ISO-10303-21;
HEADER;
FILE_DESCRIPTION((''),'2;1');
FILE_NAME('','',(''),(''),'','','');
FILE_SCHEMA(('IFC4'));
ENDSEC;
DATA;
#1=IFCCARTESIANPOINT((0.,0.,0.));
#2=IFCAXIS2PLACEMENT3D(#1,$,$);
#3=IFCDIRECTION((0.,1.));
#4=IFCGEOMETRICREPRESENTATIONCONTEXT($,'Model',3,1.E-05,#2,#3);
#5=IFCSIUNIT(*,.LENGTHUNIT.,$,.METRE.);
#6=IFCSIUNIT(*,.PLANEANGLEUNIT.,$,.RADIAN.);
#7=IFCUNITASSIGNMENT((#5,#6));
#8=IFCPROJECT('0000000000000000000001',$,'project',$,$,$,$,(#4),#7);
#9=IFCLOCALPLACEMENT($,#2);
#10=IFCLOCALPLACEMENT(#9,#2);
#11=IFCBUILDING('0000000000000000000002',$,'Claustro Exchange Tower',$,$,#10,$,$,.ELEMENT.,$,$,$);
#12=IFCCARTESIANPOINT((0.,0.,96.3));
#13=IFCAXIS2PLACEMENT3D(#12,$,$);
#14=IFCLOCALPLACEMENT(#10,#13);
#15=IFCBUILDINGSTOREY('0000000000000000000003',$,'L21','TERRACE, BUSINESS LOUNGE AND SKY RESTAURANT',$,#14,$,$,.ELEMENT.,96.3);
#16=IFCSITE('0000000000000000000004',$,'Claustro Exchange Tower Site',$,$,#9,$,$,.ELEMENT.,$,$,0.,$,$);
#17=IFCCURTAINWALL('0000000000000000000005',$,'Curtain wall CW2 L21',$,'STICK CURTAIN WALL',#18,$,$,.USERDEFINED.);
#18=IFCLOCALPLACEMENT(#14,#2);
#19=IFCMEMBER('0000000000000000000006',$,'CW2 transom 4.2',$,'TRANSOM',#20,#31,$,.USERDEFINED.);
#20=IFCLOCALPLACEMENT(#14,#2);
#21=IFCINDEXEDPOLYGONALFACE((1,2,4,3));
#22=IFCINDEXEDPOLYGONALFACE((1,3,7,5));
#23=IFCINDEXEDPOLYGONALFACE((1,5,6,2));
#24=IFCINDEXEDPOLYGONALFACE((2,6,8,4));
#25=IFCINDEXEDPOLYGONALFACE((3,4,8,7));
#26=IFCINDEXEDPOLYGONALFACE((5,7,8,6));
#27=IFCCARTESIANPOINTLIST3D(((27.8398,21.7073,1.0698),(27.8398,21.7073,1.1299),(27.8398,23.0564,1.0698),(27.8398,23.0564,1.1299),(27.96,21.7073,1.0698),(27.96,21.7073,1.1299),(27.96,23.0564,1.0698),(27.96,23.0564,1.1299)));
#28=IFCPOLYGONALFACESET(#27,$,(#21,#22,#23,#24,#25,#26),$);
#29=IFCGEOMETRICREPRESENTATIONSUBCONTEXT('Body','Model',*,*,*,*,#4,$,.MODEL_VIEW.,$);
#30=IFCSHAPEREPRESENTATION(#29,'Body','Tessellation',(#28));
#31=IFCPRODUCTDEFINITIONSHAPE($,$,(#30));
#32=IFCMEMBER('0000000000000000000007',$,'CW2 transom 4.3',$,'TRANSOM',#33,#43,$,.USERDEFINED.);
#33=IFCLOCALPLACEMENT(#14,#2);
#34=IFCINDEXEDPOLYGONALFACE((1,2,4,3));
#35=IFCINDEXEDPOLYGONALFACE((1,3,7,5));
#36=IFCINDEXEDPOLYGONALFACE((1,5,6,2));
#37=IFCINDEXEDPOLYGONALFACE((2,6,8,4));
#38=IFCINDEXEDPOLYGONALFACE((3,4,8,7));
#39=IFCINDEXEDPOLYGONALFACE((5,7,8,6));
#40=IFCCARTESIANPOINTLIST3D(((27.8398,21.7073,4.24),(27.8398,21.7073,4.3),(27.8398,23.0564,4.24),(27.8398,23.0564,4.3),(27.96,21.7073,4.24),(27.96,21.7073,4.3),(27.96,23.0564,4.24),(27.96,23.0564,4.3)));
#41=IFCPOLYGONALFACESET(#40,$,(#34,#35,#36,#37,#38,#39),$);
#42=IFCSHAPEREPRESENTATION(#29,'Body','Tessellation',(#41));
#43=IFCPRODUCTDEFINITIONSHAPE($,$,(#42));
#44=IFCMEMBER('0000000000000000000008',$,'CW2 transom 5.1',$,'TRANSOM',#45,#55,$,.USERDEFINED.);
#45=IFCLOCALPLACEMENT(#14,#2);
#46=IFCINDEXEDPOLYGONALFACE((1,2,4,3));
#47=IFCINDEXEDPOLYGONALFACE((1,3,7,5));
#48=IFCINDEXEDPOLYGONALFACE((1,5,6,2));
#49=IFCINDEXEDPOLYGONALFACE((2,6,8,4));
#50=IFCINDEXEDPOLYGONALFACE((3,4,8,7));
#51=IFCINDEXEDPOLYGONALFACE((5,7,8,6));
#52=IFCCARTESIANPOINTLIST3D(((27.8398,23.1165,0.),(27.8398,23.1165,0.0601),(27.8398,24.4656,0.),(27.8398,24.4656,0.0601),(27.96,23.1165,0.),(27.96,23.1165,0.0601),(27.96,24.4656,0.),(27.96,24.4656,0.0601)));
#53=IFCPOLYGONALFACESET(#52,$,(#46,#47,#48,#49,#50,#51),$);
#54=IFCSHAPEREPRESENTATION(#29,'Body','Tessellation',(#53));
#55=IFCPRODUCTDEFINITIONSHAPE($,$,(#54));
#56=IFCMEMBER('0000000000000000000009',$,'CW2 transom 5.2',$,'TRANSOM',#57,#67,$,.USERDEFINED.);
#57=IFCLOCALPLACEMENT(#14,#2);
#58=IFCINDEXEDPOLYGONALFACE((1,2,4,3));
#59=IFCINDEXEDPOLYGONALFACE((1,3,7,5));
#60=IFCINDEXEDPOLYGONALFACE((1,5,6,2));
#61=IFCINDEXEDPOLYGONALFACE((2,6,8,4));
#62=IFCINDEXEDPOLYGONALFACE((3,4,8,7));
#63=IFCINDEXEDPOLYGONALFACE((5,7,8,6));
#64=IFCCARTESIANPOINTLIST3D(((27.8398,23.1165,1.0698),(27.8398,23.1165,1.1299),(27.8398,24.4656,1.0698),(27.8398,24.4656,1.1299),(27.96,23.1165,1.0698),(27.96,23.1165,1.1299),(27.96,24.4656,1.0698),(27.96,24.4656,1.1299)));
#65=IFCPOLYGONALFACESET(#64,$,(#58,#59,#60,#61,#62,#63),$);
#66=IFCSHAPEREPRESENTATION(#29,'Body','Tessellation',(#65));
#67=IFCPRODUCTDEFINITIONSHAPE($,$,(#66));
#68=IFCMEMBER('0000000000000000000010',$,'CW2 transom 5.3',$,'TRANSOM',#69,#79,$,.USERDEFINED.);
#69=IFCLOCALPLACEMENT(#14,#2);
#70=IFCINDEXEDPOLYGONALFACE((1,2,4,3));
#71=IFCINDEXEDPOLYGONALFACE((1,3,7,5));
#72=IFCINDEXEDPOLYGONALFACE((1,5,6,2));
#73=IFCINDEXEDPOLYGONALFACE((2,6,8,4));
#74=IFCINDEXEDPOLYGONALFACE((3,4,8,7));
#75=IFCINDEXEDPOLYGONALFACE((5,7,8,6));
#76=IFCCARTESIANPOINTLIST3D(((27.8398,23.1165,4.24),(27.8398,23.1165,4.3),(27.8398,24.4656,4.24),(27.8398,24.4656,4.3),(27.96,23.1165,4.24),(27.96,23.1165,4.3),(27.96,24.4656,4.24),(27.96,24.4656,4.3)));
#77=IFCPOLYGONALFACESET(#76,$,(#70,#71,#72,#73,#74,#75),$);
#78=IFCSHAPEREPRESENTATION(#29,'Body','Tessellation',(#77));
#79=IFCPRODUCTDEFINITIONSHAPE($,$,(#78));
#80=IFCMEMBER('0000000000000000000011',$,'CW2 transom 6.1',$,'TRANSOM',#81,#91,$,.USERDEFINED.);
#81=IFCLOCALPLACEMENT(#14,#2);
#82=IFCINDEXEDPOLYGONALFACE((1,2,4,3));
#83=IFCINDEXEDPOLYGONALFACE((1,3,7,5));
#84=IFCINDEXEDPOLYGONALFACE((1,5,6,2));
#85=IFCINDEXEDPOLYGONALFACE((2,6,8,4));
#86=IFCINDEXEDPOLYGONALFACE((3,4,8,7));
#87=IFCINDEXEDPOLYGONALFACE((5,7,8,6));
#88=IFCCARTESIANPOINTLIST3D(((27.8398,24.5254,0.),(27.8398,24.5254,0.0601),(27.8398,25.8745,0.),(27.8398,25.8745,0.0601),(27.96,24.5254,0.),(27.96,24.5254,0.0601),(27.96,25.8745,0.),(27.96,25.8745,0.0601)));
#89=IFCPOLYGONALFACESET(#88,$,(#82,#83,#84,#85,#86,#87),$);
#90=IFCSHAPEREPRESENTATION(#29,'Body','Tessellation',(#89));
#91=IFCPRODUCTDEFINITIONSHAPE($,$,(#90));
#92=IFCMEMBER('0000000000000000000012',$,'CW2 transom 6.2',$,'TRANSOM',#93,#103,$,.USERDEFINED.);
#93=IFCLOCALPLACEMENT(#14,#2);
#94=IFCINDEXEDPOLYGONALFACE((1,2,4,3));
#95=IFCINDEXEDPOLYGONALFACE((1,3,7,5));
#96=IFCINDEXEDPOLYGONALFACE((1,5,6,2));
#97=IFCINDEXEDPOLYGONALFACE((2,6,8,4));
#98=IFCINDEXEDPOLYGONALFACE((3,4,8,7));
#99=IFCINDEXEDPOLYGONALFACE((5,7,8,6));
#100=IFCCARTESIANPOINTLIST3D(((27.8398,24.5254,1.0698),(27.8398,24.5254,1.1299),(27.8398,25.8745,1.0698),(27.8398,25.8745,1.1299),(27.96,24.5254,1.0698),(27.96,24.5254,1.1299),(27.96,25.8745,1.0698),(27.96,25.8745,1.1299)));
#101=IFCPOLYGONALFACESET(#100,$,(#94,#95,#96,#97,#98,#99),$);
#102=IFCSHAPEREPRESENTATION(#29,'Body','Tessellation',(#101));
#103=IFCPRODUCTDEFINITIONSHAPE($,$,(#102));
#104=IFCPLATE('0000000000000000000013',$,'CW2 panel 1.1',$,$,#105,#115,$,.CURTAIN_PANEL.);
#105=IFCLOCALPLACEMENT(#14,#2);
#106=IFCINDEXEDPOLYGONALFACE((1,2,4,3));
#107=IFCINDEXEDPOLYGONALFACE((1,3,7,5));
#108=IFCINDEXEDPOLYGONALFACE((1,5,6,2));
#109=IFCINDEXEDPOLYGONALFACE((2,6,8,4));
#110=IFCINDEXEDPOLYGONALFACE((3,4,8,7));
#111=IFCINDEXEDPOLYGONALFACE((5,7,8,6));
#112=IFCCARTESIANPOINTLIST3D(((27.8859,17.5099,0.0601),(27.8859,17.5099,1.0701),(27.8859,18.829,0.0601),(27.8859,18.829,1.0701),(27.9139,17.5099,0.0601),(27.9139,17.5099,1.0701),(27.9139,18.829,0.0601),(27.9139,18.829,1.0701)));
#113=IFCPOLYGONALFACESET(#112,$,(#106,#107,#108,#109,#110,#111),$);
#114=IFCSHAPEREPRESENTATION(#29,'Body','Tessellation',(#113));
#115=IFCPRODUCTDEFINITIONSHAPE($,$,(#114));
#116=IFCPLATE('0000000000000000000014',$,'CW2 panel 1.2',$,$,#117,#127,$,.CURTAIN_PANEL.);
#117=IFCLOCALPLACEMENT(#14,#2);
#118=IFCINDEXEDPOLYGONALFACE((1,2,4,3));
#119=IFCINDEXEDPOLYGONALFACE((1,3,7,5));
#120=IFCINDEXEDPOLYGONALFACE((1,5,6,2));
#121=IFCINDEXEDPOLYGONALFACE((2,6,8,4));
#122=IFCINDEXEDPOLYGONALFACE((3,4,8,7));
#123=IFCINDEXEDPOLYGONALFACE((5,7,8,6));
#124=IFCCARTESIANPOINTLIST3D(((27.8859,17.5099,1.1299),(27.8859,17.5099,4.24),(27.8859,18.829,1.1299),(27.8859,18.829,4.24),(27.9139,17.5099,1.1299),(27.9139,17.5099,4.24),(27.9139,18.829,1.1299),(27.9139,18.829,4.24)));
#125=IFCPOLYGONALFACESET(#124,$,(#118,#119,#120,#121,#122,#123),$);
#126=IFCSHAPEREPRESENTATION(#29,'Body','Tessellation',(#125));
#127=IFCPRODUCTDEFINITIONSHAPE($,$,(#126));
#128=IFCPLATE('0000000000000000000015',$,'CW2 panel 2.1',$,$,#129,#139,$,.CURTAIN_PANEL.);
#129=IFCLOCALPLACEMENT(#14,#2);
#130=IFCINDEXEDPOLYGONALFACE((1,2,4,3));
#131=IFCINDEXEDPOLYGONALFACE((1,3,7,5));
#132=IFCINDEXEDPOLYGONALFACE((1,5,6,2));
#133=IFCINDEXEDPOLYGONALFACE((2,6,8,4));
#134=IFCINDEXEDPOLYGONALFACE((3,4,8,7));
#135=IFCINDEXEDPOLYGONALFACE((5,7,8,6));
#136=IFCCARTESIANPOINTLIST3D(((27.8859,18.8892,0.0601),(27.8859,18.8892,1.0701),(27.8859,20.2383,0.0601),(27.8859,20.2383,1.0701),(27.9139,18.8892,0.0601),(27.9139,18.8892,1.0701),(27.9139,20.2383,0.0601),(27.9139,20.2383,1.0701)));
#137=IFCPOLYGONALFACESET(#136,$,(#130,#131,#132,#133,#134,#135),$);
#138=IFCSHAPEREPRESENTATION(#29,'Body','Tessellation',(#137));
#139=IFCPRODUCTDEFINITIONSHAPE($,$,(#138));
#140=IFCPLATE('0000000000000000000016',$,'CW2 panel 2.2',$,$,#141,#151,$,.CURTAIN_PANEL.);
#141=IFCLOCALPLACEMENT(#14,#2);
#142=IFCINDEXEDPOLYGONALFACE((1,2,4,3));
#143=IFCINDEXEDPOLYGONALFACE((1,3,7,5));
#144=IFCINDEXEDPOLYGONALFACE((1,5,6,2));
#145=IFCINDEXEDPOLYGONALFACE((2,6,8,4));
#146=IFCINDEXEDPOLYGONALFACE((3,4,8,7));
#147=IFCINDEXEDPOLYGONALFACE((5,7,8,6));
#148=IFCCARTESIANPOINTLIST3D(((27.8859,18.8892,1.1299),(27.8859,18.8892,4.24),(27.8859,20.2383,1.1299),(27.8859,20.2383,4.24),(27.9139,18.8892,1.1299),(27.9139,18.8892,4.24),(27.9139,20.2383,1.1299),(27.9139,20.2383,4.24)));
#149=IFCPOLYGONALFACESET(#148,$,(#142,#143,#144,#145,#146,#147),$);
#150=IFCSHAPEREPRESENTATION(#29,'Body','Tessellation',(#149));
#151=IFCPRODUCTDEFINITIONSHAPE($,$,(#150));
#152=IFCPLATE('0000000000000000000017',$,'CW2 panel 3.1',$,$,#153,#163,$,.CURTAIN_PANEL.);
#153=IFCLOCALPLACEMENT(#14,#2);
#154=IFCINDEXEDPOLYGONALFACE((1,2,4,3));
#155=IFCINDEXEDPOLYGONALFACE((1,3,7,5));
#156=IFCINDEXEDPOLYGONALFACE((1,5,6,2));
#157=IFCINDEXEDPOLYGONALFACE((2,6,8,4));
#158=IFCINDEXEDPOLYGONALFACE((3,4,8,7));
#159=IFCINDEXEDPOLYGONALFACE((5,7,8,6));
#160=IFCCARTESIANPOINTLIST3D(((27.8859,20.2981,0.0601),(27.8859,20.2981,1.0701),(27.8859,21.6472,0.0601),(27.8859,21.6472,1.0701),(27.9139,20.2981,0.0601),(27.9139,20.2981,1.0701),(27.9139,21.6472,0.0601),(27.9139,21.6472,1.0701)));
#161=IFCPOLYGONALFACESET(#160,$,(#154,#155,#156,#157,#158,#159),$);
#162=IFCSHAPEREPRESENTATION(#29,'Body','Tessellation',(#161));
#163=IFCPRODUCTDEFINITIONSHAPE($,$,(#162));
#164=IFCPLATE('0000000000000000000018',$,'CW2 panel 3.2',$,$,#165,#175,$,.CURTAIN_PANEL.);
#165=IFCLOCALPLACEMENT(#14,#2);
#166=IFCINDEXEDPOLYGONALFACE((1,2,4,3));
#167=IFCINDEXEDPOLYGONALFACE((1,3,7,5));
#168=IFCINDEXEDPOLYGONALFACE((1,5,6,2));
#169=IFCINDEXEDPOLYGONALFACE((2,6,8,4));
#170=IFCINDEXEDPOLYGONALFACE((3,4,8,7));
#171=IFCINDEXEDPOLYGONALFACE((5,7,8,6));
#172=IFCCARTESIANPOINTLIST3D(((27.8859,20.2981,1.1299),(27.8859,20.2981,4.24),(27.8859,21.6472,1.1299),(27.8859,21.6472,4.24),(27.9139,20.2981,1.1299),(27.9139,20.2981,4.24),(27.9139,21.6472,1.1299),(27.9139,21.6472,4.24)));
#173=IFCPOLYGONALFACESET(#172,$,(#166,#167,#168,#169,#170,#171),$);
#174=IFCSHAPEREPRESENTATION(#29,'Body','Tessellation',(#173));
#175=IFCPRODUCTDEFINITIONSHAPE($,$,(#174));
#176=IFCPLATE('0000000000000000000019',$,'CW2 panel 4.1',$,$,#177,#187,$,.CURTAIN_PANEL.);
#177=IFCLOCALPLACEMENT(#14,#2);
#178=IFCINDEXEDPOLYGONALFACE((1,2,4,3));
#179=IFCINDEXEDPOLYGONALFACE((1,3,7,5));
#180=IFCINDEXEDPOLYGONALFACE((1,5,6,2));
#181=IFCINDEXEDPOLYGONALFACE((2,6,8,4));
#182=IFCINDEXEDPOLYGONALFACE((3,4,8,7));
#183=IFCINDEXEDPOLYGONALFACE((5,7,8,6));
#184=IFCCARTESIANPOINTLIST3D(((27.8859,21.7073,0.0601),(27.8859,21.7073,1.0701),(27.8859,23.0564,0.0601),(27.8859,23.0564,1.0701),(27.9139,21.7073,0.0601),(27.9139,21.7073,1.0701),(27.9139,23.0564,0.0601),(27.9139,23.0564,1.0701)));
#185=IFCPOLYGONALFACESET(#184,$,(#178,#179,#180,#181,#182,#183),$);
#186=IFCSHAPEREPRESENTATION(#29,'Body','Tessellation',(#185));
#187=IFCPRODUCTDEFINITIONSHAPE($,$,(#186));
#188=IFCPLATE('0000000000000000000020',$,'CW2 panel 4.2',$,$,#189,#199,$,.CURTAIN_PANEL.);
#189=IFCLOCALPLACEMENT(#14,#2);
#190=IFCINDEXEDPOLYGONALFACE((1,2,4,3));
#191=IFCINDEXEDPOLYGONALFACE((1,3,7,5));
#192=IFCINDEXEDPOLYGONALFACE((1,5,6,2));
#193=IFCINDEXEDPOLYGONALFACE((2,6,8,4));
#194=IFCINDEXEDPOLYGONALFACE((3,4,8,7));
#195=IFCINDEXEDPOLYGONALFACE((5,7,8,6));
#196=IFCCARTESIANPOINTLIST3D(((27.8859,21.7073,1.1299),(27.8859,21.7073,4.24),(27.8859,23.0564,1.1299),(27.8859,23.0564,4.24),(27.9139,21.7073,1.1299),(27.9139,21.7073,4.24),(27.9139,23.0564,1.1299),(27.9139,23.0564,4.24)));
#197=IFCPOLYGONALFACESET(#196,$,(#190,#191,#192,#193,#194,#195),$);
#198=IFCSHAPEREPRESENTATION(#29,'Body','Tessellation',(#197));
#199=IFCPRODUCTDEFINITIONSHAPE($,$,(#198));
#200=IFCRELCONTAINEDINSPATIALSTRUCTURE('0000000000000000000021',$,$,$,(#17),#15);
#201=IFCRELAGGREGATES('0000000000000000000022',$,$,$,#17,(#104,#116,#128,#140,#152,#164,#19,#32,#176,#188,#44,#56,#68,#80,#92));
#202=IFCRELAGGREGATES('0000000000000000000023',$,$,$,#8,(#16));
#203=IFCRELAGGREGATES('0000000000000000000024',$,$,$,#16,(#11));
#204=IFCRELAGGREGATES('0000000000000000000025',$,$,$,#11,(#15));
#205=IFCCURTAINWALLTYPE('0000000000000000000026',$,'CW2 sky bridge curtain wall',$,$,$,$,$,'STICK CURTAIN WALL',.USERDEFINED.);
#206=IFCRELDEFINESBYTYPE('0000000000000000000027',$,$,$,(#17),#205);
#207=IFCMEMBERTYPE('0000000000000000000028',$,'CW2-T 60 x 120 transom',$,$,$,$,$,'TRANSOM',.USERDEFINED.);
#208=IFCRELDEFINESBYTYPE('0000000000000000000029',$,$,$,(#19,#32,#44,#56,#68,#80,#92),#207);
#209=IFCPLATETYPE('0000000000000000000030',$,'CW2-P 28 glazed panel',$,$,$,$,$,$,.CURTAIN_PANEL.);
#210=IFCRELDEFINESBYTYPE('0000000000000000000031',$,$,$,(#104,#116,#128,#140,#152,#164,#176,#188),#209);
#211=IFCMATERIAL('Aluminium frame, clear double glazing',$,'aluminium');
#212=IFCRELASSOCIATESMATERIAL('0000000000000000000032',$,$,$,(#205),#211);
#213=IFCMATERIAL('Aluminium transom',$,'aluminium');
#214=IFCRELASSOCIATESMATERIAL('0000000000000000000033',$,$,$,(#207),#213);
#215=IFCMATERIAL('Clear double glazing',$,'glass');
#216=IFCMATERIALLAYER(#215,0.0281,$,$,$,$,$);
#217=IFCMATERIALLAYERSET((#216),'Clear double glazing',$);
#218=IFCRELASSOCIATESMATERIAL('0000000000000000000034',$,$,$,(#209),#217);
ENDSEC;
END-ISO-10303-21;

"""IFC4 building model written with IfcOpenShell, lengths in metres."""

from ifc_helpers import new_model, si_unit, direction, frame, origin, origin_2d, place, context, subcontext, project, spatial, rectangle, extrude, material, layer, layer_set, material_profile, profile_set, type_object, element, aggregate, save


model = new_model("IFC4")

# Units and contexts
model_context = context("Model", 3, precision=1e-05, world=origin(), true_north=direction((0.0, 1.0)))
body_context = subcontext(model_context, "Body", "Model", "MODEL_VIEW")
ifc_project = project(units=[si_unit("LENGTHUNIT", "METRE"), si_unit("PLANEANGLEUNIT", "RADIAN")], contexts=[model_context])

# Site, building, storey
site_placement = place(None, origin())
site = spatial("IfcSite", under=ifc_project, at=site_placement, Name="Claustro Exchange Tower Site", CompositionType="ELEMENT", RefElevation=0.0)
building_placement = place(site_placement, origin())
building = spatial("IfcBuilding", under=site, at=building_placement, Name="Claustro Exchange Tower", CompositionType="ELEMENT")
storey_placement = place(building_placement, frame((0.0, 0.0, 96.3)))
storey = spatial("IfcBuildingStorey", under=building, at=storey_placement, Name="L21", Description="TERRACE, BUSINESS LOUNGE AND SKY RESTAURANT", CompositionType="ELEMENT", Elevation=96.3)

# Curtain wall, members, plates
ifc_material_1 = material(Name="Aluminium frame, clear double glazing", Category="aluminium")
curtain_wall_type = type_object("IfcCurtainWallType", Name="CW2 sky bridge curtain wall", ElementType="STICK CURTAIN WALL", PredefinedType="USERDEFINED", material=ifc_material_1)
curtain_wall_placement = place(storey_placement, origin())
curtain_wall = element("IfcCurtainWall", 1, at=curtain_wall_placement, inside=storey, type_object=curtain_wall_type, Name="Curtain wall CW2 L21", ObjectType="STICK CURTAIN WALL", PredefinedType="USERDEFINED")
ifc_material_2 = material(Name="Aluminium transom", Category="aluminium")
ifc_material_profile_1 = material_profile(ifc_material_2, rectangle(XDim=0.1201, YDim=0.0601, at=origin_2d()), Name="CW2-T 60x120")
ifc_profile_set_1 = profile_set([ifc_material_profile_1], Name="Aluminium transom")
member_type_1 = type_object("IfcMemberType", Name="CW2-T 60 x 120 transom", ElementType="TRANSOM", PredefinedType="USERDEFINED", material=ifc_profile_set_1)
member_1_placement = place(storey_placement, frame((27.8999, 21.7073, 1.0999), z_axis=(0.0, 1.0, 0.0), x_axis=(-1.0, 0.0, 0.0)))
member_1 = element("IfcMember", 2, at=member_1_placement, type_object=member_type_1, Name="CW2 transom 4.2", ObjectType="TRANSOM", PredefinedType="USERDEFINED", context=body_context, shape_type="SweptSolid", body=[
    extrude(rectangle(XDim=0.1201, YDim=0.0601, at=origin_2d()), origin(), (0.0, 0.0, 1.0), 1.3491),
])
member_2_placement = place(storey_placement, frame((27.8999, 21.7073, 4.27), z_axis=(0.0, 1.0, 0.0), x_axis=(-1.0, 0.0, 0.0)))
member_2 = element("IfcMember", 3, at=member_2_placement, type_object=member_type_1, Name="CW2 transom 4.3", ObjectType="TRANSOM", PredefinedType="USERDEFINED", context=body_context, shape_type="SweptSolid", body=[
    extrude(rectangle(XDim=0.1201, YDim=0.0601, at=origin_2d()), origin(), (0.0, 0.0, 1.0), 1.3491),
])
member_3_placement = place(storey_placement, frame((27.8999, 23.1165, 0.03), z_axis=(0.0, 1.0, 0.0), x_axis=(-1.0, 0.0, 0.0)))
member_3 = element("IfcMember", 4, at=member_3_placement, type_object=member_type_1, Name="CW2 transom 5.1", ObjectType="TRANSOM", PredefinedType="USERDEFINED", context=body_context, shape_type="SweptSolid", body=[
    extrude(rectangle(XDim=0.1201, YDim=0.0601, at=origin_2d()), origin(), (0.0, 0.0, 1.0), 1.3491),
])
member_4_placement = place(storey_placement, frame((27.8999, 23.1165, 1.0999), z_axis=(0.0, 1.0, 0.0), x_axis=(-1.0, 0.0, 0.0)))
member_4 = element("IfcMember", 5, at=member_4_placement, type_object=member_type_1, Name="CW2 transom 5.2", ObjectType="TRANSOM", PredefinedType="USERDEFINED", context=body_context, shape_type="SweptSolid", body=[
    extrude(rectangle(XDim=0.1201, YDim=0.0601, at=origin_2d()), origin(), (0.0, 0.0, 1.0), 1.3491),
])
member_5_placement = place(storey_placement, frame((27.8999, 23.1165, 4.27), z_axis=(0.0, 1.0, 0.0), x_axis=(-1.0, 0.0, 0.0)))
member_5 = element("IfcMember", 6, at=member_5_placement, type_object=member_type_1, Name="CW2 transom 5.3", ObjectType="TRANSOM", PredefinedType="USERDEFINED", context=body_context, shape_type="SweptSolid", body=[
    extrude(rectangle(XDim=0.1201, YDim=0.0601, at=origin_2d()), origin(), (0.0, 0.0, 1.0), 1.3491),
])
member_6_placement = place(storey_placement, frame((27.8999, 24.5254, 0.03), z_axis=(0.0, 1.0, 0.0), x_axis=(-1.0, 0.0, 0.0)))
member_6 = element("IfcMember", 7, at=member_6_placement, type_object=member_type_1, Name="CW2 transom 6.1", ObjectType="TRANSOM", PredefinedType="USERDEFINED", context=body_context, shape_type="SweptSolid", body=[
    extrude(rectangle(XDim=0.1201, YDim=0.0601, at=origin_2d()), origin(), (0.0, 0.0, 1.0), 1.3491),
])
member_7_placement = place(storey_placement, frame((27.8999, 24.5254, 1.0999), z_axis=(0.0, 1.0, 0.0), x_axis=(-1.0, 0.0, 0.0)))
member_7 = element("IfcMember", 8, at=member_7_placement, type_object=member_type_1, Name="CW2 transom 6.2", ObjectType="TRANSOM", PredefinedType="USERDEFINED", context=body_context, shape_type="SweptSolid", body=[
    extrude(rectangle(XDim=0.1201, YDim=0.0601, at=origin_2d()), origin(), (0.0, 0.0, 1.0), 1.3491),
])
ifc_material_3 = material(Name="Clear double glazing", Category="glass")
ifc_layer = layer(ifc_material_3, 0.0281)
ifc_layer_set = layer_set([ifc_layer], Name="Clear double glazing")
plate_type = type_object("IfcPlateType", Name="CW2-P 28 glazed panel", PredefinedType="CURTAIN_PANEL", material=ifc_layer_set)
plate_1_placement = place(storey_placement, frame((27.8999, 18.1694, 0.0601), z_axis=(0.0, 0.0, 1.0), x_axis=(0.0, 1.0, 0.0)))
plate_1 = element("IfcPlate", 9, at=plate_1_placement, type_object=plate_type, Name="CW2 panel 1.1", PredefinedType="CURTAIN_PANEL", context=body_context, shape_type="SweptSolid", body=[
    extrude(rectangle(XDim=1.3191, YDim=0.0281, at=origin_2d()), origin(), (0.0, 0.0, 1.0), 1.01),
])
plate_2_placement = place(storey_placement, frame((27.8999, 18.1694, 1.1299), z_axis=(0.0, 0.0, 1.0), x_axis=(0.0, 1.0, 0.0)))
plate_2 = element("IfcPlate", 10, at=plate_2_placement, type_object=plate_type, Name="CW2 panel 1.2", PredefinedType="CURTAIN_PANEL", context=body_context, shape_type="SweptSolid", body=[
    extrude(rectangle(XDim=1.3191, YDim=0.0281, at=origin_2d()), origin(), (0.0, 0.0, 1.0), 3.1101),
])
plate_3_placement = place(storey_placement, frame((27.8999, 19.5637, 0.0601), z_axis=(0.0, 0.0, 1.0), x_axis=(0.0, 1.0, 0.0)))
plate_3 = element("IfcPlate", 11, at=plate_3_placement, type_object=plate_type, Name="CW2 panel 2.1", PredefinedType="CURTAIN_PANEL", context=body_context, shape_type="SweptSolid", body=[
    extrude(rectangle(XDim=1.3491, YDim=0.0281, at=origin_2d()), origin(), (0.0, 0.0, 1.0), 1.01),
])
plate_4_placement = place(storey_placement, frame((27.8999, 19.5637, 1.1299), z_axis=(0.0, 0.0, 1.0), x_axis=(0.0, 1.0, 0.0)))
plate_4 = element("IfcPlate", 12, at=plate_4_placement, type_object=plate_type, Name="CW2 panel 2.2", PredefinedType="CURTAIN_PANEL", context=body_context, shape_type="SweptSolid", body=[
    extrude(rectangle(XDim=1.3491, YDim=0.0281, at=origin_2d()), origin(), (0.0, 0.0, 1.0), 3.1101),
])
plate_5_placement = place(storey_placement, frame((27.8999, 20.9727, 0.0601), z_axis=(0.0, 0.0, 1.0), x_axis=(0.0, 1.0, 0.0)))
plate_5 = element("IfcPlate", 13, at=plate_5_placement, type_object=plate_type, Name="CW2 panel 3.1", PredefinedType="CURTAIN_PANEL", context=body_context, shape_type="SweptSolid", body=[
    extrude(rectangle(XDim=1.3491, YDim=0.0281, at=origin_2d()), origin(), (0.0, 0.0, 1.0), 1.01),
])
plate_6_placement = place(storey_placement, frame((27.8999, 20.9727, 1.1299), z_axis=(0.0, 0.0, 1.0), x_axis=(0.0, 1.0, 0.0)))
plate_6 = element("IfcPlate", 14, at=plate_6_placement, type_object=plate_type, Name="CW2 panel 3.2", PredefinedType="CURTAIN_PANEL", context=body_context, shape_type="SweptSolid", body=[
    extrude(rectangle(XDim=1.3491, YDim=0.0281, at=origin_2d()), origin(), (0.0, 0.0, 1.0), 3.1101),
])
plate_7_placement = place(storey_placement, frame((27.8999, 22.3818, 0.0601), z_axis=(0.0, 0.0, 1.0), x_axis=(0.0, 1.0, 0.0)))
plate_7 = element("IfcPlate", 15, at=plate_7_placement, type_object=plate_type, Name="CW2 panel 4.1", PredefinedType="CURTAIN_PANEL", context=body_context, shape_type="SweptSolid", body=[
    extrude(rectangle(XDim=1.3491, YDim=0.0281, at=origin_2d()), origin(), (0.0, 0.0, 1.0), 1.01),
])
plate_8_placement = place(storey_placement, frame((27.8999, 22.3818, 1.1299), z_axis=(0.0, 0.0, 1.0), x_axis=(0.0, 1.0, 0.0)))
plate_8 = element("IfcPlate", 16, at=plate_8_placement, type_object=plate_type, Name="CW2 panel 4.2", PredefinedType="CURTAIN_PANEL", context=body_context, shape_type="SweptSolid", body=[
    extrude(rectangle(XDim=1.3491, YDim=0.0281, at=origin_2d()), origin(), (0.0, 0.0, 1.0), 3.1101),
])
aggregate(curtain_wall, [plate_1, plate_2, plate_3, plate_4, plate_5, plate_6, member_1, member_2, plate_7, plate_8, member_3, member_4, member_5, member_6, member_7])

save(model, "model.ifc")
